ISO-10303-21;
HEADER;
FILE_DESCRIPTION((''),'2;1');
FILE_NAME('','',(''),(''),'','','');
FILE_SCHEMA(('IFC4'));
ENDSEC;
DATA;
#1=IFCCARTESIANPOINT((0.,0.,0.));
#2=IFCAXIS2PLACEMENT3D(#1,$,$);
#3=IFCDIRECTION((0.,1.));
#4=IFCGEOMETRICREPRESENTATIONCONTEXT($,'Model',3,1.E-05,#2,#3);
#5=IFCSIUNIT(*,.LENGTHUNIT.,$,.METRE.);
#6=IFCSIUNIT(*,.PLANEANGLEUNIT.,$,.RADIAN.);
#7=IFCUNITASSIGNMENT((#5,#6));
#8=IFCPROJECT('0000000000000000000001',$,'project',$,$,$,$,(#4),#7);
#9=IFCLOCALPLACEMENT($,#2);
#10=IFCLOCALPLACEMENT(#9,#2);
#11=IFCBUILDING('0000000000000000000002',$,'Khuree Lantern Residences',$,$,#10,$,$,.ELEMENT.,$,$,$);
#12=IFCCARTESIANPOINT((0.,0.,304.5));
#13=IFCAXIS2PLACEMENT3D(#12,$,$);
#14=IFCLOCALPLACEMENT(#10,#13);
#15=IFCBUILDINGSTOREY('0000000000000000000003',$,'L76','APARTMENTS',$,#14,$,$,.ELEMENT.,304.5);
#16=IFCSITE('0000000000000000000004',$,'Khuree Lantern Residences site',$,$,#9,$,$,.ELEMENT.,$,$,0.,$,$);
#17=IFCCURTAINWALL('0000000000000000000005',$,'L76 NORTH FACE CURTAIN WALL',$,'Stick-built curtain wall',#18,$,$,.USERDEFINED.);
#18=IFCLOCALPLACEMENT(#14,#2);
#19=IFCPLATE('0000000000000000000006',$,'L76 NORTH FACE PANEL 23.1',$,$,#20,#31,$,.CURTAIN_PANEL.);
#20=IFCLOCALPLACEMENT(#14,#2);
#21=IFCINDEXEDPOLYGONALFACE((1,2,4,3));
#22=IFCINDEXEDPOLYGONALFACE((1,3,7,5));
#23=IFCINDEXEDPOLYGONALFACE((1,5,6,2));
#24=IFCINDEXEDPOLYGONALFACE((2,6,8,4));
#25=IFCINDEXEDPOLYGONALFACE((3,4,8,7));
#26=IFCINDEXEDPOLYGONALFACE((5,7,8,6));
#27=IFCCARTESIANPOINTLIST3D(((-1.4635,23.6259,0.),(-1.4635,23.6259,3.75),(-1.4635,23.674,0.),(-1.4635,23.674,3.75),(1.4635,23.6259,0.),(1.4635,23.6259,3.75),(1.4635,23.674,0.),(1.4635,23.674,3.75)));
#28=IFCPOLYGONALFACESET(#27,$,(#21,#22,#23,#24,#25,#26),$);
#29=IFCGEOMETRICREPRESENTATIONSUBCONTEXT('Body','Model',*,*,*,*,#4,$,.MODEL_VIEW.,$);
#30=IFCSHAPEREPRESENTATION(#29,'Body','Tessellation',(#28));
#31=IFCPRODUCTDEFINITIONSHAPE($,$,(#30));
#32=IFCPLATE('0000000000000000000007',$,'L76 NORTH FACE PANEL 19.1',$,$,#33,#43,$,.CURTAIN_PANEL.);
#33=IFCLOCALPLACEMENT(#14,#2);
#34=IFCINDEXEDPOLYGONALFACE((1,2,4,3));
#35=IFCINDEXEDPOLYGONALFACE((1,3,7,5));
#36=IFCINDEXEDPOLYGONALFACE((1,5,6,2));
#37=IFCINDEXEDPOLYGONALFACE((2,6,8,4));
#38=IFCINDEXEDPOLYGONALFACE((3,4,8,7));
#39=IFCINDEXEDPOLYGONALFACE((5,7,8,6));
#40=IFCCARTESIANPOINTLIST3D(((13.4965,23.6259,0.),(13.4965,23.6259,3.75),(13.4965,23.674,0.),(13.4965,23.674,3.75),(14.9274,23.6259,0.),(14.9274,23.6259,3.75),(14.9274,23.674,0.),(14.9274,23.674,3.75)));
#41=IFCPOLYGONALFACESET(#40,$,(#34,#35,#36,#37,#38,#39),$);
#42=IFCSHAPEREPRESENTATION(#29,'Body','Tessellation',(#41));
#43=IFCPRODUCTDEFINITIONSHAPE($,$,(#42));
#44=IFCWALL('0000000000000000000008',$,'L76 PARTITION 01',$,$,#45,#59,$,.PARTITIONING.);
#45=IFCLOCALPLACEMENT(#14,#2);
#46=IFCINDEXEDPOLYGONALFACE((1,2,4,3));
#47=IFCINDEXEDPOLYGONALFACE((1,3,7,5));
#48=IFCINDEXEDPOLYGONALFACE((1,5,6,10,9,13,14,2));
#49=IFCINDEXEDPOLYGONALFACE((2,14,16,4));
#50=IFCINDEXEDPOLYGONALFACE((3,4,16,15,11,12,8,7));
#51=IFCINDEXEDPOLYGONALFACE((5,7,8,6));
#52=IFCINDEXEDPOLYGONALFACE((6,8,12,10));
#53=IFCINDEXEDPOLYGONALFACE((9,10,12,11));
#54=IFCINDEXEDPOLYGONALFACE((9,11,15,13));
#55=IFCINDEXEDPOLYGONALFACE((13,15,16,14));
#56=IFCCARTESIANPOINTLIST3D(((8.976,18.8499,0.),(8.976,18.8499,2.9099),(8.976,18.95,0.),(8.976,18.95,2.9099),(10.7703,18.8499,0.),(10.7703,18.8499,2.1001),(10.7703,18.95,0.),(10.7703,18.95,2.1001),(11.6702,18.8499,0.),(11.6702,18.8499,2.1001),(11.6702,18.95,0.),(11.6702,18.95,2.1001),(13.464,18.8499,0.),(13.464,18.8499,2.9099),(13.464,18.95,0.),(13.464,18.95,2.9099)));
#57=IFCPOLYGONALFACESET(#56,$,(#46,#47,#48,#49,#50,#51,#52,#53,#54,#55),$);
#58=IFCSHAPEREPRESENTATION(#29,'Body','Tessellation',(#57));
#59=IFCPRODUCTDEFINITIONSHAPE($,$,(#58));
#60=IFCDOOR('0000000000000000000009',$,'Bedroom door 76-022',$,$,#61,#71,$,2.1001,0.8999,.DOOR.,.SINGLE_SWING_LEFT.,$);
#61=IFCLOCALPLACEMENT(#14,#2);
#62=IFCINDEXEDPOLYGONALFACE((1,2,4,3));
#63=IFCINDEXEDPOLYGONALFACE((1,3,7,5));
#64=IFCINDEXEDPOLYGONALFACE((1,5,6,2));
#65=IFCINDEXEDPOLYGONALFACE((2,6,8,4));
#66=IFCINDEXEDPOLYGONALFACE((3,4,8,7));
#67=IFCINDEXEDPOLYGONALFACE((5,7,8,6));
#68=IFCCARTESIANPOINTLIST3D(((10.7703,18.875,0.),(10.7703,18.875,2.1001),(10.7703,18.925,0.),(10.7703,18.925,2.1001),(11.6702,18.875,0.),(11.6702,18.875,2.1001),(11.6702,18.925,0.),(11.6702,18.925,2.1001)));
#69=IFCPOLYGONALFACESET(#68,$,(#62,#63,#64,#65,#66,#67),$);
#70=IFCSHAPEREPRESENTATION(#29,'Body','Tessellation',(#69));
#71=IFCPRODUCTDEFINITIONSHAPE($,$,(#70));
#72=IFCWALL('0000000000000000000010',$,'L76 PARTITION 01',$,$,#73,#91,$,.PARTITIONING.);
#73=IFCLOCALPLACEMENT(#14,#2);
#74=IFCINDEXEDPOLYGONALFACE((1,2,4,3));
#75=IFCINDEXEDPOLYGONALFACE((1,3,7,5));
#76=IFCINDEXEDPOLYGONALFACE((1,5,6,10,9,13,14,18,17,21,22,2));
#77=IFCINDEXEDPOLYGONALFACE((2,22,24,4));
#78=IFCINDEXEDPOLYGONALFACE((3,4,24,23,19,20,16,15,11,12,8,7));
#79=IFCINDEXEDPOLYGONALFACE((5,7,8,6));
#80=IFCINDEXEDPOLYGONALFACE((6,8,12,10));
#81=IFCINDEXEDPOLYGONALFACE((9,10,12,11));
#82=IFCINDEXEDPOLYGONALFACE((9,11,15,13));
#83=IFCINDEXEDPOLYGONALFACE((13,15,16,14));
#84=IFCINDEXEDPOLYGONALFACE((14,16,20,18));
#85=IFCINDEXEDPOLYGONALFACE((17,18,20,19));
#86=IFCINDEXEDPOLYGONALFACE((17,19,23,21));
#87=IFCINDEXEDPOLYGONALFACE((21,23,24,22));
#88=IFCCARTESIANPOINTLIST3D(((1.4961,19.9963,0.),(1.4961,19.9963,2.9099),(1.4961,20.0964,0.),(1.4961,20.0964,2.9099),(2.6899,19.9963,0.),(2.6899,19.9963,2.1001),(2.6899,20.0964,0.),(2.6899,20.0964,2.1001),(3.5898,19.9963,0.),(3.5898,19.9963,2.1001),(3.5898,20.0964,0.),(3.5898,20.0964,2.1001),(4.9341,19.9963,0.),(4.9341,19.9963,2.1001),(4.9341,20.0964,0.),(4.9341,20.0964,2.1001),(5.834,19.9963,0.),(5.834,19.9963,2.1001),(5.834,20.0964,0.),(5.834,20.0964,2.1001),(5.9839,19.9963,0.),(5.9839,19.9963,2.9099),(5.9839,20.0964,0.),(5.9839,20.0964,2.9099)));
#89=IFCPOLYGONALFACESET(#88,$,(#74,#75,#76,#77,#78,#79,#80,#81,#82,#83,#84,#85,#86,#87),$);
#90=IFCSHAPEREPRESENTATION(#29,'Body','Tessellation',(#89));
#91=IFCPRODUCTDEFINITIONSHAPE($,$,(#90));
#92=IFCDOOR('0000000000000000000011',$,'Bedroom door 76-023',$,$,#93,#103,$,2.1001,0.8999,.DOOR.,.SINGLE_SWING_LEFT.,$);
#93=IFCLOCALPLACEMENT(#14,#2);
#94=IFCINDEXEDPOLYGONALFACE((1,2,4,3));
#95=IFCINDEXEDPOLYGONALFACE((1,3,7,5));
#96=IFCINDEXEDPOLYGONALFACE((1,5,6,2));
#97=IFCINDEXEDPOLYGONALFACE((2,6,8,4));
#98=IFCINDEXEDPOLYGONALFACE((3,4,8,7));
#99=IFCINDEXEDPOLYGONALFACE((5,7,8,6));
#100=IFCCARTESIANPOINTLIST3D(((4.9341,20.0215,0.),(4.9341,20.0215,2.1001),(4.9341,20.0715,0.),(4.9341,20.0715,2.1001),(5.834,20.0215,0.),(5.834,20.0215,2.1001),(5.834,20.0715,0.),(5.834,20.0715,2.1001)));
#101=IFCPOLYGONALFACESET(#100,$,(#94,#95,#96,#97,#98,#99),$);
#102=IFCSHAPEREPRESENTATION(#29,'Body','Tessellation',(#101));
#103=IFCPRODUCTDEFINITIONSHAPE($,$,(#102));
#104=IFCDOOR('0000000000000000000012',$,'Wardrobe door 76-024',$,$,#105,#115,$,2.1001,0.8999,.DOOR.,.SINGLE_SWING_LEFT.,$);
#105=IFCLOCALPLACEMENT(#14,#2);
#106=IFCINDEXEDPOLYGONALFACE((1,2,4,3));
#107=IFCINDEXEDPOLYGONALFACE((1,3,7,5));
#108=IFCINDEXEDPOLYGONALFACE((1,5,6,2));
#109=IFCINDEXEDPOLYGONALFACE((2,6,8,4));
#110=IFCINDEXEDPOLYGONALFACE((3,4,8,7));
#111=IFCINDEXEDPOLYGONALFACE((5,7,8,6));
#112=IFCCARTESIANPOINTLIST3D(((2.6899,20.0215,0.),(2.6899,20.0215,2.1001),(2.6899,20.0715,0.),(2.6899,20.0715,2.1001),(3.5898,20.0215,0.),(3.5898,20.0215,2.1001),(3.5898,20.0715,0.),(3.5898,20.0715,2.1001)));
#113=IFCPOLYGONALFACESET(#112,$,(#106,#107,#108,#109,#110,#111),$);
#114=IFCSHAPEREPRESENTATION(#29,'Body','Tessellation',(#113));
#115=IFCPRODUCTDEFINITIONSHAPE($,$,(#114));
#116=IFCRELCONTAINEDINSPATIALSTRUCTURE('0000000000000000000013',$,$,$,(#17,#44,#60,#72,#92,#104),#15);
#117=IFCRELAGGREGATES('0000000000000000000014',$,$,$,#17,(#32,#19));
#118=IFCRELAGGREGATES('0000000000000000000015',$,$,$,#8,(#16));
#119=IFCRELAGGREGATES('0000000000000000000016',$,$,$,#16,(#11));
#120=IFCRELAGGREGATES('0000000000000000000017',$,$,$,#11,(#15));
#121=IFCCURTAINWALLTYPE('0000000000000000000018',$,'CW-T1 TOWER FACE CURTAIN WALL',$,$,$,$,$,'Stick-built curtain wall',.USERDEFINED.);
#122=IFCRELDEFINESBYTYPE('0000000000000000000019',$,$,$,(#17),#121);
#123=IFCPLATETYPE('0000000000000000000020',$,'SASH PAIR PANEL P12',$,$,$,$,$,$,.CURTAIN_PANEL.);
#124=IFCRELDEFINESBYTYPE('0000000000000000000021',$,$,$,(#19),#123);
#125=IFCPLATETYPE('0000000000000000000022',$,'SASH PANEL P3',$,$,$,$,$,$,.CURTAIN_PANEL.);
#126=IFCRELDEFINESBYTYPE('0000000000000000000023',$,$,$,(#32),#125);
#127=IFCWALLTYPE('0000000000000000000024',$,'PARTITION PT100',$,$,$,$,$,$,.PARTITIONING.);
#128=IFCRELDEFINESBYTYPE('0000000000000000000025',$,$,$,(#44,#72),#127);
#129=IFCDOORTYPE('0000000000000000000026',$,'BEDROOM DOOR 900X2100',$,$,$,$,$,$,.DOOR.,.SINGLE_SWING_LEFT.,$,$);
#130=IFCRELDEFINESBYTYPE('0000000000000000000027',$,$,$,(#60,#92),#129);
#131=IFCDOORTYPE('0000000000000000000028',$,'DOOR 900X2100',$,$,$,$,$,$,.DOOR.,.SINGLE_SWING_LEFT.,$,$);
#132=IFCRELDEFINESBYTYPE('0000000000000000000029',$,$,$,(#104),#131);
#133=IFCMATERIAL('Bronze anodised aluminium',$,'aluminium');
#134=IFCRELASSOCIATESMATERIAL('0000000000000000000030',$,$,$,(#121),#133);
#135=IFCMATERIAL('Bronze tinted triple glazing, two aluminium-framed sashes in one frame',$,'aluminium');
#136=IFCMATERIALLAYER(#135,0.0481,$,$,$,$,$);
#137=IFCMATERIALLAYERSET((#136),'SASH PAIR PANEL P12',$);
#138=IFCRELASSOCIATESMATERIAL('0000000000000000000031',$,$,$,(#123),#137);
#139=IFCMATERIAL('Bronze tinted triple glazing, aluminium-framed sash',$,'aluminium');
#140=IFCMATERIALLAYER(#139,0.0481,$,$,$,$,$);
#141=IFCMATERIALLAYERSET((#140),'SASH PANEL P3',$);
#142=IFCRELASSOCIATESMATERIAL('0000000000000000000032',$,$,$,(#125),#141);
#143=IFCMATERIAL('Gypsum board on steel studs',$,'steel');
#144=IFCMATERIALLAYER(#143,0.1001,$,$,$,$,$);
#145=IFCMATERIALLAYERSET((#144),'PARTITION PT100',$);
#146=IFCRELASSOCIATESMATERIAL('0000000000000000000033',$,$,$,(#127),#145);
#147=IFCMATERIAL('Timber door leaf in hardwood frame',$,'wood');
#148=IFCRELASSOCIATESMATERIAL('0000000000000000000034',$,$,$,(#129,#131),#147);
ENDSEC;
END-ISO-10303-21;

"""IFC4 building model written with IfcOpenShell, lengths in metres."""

from ifc_helpers import new_model, si_unit, direction, frame, frame_2d, origin, origin_2d, place, context, subcontext, project, spatial, rectangle, extrude, material, layer, layer_set, type_object, element, fill, aggregate, save


model = new_model("IFC4")

# Units and contexts
model_context = context("Model", 3, precision=1e-05, world=origin(), true_north=direction((0.0, 1.0)))
body_context = subcontext(model_context, "Body", "Model", "MODEL_VIEW")
ifc_project = project(units=[si_unit("LENGTHUNIT", "METRE"), si_unit("PLANEANGLEUNIT", "RADIAN")], contexts=[model_context])

# Site, building, storey
site_placement = place(None, origin())
site = spatial("IfcSite", under=ifc_project, at=site_placement, Name="Khuree Lantern Residences site", CompositionType="ELEMENT", RefElevation=0.0)
building_placement = place(site_placement, origin())
building = spatial("IfcBuilding", under=site, at=building_placement, Name="Khuree Lantern Residences", CompositionType="ELEMENT")
storey_placement = place(building_placement, frame((0.0, 0.0, 304.5)))
storey = spatial("IfcBuildingStorey", under=building, at=storey_placement, Name="L76", Description="APARTMENTS", CompositionType="ELEMENT", Elevation=304.5)

# Curtain wall
ifc_material_1 = material(Name="Bronze anodised aluminium", Category="aluminium")
curtain_wall_type = type_object("IfcCurtainWallType", Name="CW-T1 TOWER FACE CURTAIN WALL", ElementType="Stick-built curtain wall", PredefinedType="USERDEFINED", material=ifc_material_1)
curtain_wall_placement = place(storey_placement, origin())
curtain_wall = element("IfcCurtainWall", 1, at=curtain_wall_placement, inside=storey, type_object=curtain_wall_type, Name="L76 NORTH FACE CURTAIN WALL", ObjectType="Stick-built curtain wall", PredefinedType="USERDEFINED")

# Plates
ifc_material_2 = material(Name="Bronze tinted triple glazing, two aluminium-framed sashes in one frame", Category="aluminium")
ifc_layer_1 = layer(ifc_material_2, 0.0481)
ifc_layer_set_1 = layer_set([ifc_layer_1], Name="SASH PAIR PANEL P12")
plate_type_1 = type_object("IfcPlateType", Name="SASH PAIR PANEL P12", PredefinedType="CURTAIN_PANEL", material=ifc_layer_set_1)
plate_1_placement = place(storey_placement, frame((0.0, 23.6499, 0.0), z_axis=(0.0, 0.0, 1.0), x_axis=(-1.0, 0.0, 0.0)))
plate_1 = element("IfcPlate", 2, at=plate_1_placement, type_object=plate_type_1, Name="L76 NORTH FACE PANEL 23.1", PredefinedType="CURTAIN_PANEL", context=body_context, shape_type="SweptSolid", body=[
    extrude(rectangle(XDim=2.927, YDim=0.0481, at=origin_2d()), origin(), (0.0, 0.0, 1.0), 3.75),
])
ifc_material_3 = material(Name="Bronze tinted triple glazing, aluminium-framed sash", Category="aluminium")
ifc_layer_2 = layer(ifc_material_3, 0.0481)
ifc_layer_set_2 = layer_set([ifc_layer_2], Name="SASH PANEL P3")
plate_type_2 = type_object("IfcPlateType", Name="SASH PANEL P3", PredefinedType="CURTAIN_PANEL", material=ifc_layer_set_2)
plate_2_placement = place(storey_placement, frame((14.2119, 23.6499, 0.0), z_axis=(0.0, 0.0, 1.0), x_axis=(-1.0, 0.0, 0.0)))
plate_2 = element("IfcPlate", 3, at=plate_2_placement, type_object=plate_type_2, Name="L76 NORTH FACE PANEL 19.1", PredefinedType="CURTAIN_PANEL", context=body_context, shape_type="SweptSolid", body=[
    extrude(rectangle(XDim=1.4309, YDim=0.0481, at=origin_2d()), origin(), (0.0, 0.0, 1.0), 3.75),
])
aggregate(curtain_wall, [plate_2, plate_1])

# Wall, opening, door
ifc_material_4 = material(Name="Gypsum board on steel studs", Category="steel")
ifc_layer_3 = layer(ifc_material_4, 0.1001)
ifc_layer_set_3 = layer_set([ifc_layer_3], Name="PARTITION PT100")
wall_type = type_object("IfcWallType", Name="PARTITION PT100", PredefinedType="PARTITIONING", material=ifc_layer_set_3)
wall_1_placement = place(storey_placement, frame((13.4641, 18.8999, 0.0), z_axis=(0.0, 0.0, 1.0), x_axis=(-1.0, 0.0, 0.0)))
wall_1 = element("IfcWall", 4, at=wall_1_placement, inside=storey, type_object=wall_type, Name="L76 PARTITION 01", PredefinedType="PARTITIONING", context=body_context, shape_type="SweptSolid", body=[
    extrude(rectangle(XDim=4.488, YDim=0.1001, at=frame_2d((2.2441, 0.0))), origin(), (0.0, 0.0, 1.0), 2.9099),
])
opening_1_placement = place(wall_1_placement, frame((1.7939, 0.0, 0.0)))
opening_1 = element("IfcOpeningElement", 5, at=opening_1_placement, cuts=wall_1, PredefinedType="OPENING", context=body_context, shape_type="SweptSolid", body=[
    extrude(rectangle(XDim=0.8999, YDim=2.1001, at=frame_2d((0.45, 1.05))), frame((0.0, 0.0601, 0.0), z_axis=(0.0, -1.0, 0.0), x_axis=(1.0, 0.0, 0.0)), (0.0, 0.0, 1.0), 0.1201),
])
ifc_material_5 = material(Name="Timber door leaf in hardwood frame", Category="wood")
door_type_1 = type_object("IfcDoorType", Name="BEDROOM DOOR 900X2100", OperationType="SINGLE_SWING_LEFT", PredefinedType="DOOR", material=ifc_material_5)
door_1_placement = place(opening_1_placement, origin())
door_1 = element("IfcDoor", 6, at=door_1_placement, inside=storey, type_object=door_type_1, Name="Bedroom door 76-022", OperationType="SINGLE_SWING_LEFT", OverallHeight=2.1001, OverallWidth=0.8999, PredefinedType="DOOR", context=body_context, shape_type="SweptSolid", body=[
    extrude(rectangle(XDim=0.8999, YDim=2.1001, at=frame_2d((0.45, 1.05))), frame((0.0, 0.0249, 0.0), z_axis=(0.0, -1.0, 0.0), x_axis=(1.0, 0.0, 0.0)), (0.0, 0.0, 1.0), 0.05),
])
fill(opening_1, door_1)

# Wall, openings, doors
wall_2_placement = place(storey_placement, frame((5.9839, 20.0464, 0.0), z_axis=(0.0, 0.0, 1.0), x_axis=(-1.0, 0.0, 0.0)))
wall_2 = element("IfcWall", 7, at=wall_2_placement, inside=storey, type_object=wall_type, Name="L76 PARTITION 01", PredefinedType="PARTITIONING", context=body_context, shape_type="SweptSolid", body=[
    extrude(rectangle(XDim=4.4878, YDim=0.1001, at=frame_2d((2.2439, 0.0))), origin(), (0.0, 0.0, 1.0), 2.9099),
])
opening_2_placement = place(wall_2_placement, frame((0.1499, 0.0, 0.0)))
opening_2 = element("IfcOpeningElement", 8, at=opening_2_placement, cuts=wall_2, PredefinedType="OPENING", context=body_context, shape_type="SweptSolid", body=[
    extrude(rectangle(XDim=0.8999, YDim=2.1001, at=frame_2d((0.45, 1.05))), frame((0.0, 0.0601, 0.0), z_axis=(0.0, -1.0, 0.0), x_axis=(1.0, 0.0, 0.0)), (0.0, 0.0, 1.0), 0.1201),
])
opening_3_placement = place(wall_2_placement, frame((2.394, 0.0, 0.0)))
opening_3 = element("IfcOpeningElement", 9, at=opening_3_placement, cuts=wall_2, PredefinedType="OPENING", context=body_context, shape_type="SweptSolid", body=[
    extrude(rectangle(XDim=0.8999, YDim=2.1001, at=frame_2d((0.45, 1.05))), frame((0.0, 0.0601, 0.0), z_axis=(0.0, -1.0, 0.0), x_axis=(1.0, 0.0, 0.0)), (0.0, 0.0, 1.0), 0.1201),
])
door_2_placement = place(opening_2_placement, origin())
door_2 = element("IfcDoor", 10, at=door_2_placement, inside=storey, type_object=door_type_1, Name="Bedroom door 76-023", OperationType="SINGLE_SWING_LEFT", OverallHeight=2.1001, OverallWidth=0.8999, PredefinedType="DOOR", context=body_context, shape_type="SweptSolid", body=[
    extrude(rectangle(XDim=0.8999, YDim=2.1001, at=frame_2d((0.45, 1.05))), frame((0.0, 0.0249, 0.0), z_axis=(0.0, -1.0, 0.0), x_axis=(1.0, 0.0, 0.0)), (0.0, 0.0, 1.0), 0.05),
])
fill(opening_2, door_2)
door_type_2 = type_object("IfcDoorType", Name="DOOR 900X2100", OperationType="SINGLE_SWING_LEFT", PredefinedType="DOOR", material=ifc_material_5)
door_3_placement = place(opening_3_placement, origin())
door_3 = element("IfcDoor", 11, at=door_3_placement, inside=storey, type_object=door_type_2, Name="Wardrobe door 76-024", OperationType="SINGLE_SWING_LEFT", OverallHeight=2.1001, OverallWidth=0.8999, PredefinedType="DOOR", context=body_context, shape_type="SweptSolid", body=[
    extrude(rectangle(XDim=0.8999, YDim=2.1001, at=frame_2d((0.45, 1.05))), frame((0.0, 0.0249, 0.0), z_axis=(0.0, -1.0, 0.0), x_axis=(1.0, 0.0, 0.0)), (0.0, 0.0, 1.0), 0.05),
])
fill(opening_3, door_3)

save(model, "model.ifc")
